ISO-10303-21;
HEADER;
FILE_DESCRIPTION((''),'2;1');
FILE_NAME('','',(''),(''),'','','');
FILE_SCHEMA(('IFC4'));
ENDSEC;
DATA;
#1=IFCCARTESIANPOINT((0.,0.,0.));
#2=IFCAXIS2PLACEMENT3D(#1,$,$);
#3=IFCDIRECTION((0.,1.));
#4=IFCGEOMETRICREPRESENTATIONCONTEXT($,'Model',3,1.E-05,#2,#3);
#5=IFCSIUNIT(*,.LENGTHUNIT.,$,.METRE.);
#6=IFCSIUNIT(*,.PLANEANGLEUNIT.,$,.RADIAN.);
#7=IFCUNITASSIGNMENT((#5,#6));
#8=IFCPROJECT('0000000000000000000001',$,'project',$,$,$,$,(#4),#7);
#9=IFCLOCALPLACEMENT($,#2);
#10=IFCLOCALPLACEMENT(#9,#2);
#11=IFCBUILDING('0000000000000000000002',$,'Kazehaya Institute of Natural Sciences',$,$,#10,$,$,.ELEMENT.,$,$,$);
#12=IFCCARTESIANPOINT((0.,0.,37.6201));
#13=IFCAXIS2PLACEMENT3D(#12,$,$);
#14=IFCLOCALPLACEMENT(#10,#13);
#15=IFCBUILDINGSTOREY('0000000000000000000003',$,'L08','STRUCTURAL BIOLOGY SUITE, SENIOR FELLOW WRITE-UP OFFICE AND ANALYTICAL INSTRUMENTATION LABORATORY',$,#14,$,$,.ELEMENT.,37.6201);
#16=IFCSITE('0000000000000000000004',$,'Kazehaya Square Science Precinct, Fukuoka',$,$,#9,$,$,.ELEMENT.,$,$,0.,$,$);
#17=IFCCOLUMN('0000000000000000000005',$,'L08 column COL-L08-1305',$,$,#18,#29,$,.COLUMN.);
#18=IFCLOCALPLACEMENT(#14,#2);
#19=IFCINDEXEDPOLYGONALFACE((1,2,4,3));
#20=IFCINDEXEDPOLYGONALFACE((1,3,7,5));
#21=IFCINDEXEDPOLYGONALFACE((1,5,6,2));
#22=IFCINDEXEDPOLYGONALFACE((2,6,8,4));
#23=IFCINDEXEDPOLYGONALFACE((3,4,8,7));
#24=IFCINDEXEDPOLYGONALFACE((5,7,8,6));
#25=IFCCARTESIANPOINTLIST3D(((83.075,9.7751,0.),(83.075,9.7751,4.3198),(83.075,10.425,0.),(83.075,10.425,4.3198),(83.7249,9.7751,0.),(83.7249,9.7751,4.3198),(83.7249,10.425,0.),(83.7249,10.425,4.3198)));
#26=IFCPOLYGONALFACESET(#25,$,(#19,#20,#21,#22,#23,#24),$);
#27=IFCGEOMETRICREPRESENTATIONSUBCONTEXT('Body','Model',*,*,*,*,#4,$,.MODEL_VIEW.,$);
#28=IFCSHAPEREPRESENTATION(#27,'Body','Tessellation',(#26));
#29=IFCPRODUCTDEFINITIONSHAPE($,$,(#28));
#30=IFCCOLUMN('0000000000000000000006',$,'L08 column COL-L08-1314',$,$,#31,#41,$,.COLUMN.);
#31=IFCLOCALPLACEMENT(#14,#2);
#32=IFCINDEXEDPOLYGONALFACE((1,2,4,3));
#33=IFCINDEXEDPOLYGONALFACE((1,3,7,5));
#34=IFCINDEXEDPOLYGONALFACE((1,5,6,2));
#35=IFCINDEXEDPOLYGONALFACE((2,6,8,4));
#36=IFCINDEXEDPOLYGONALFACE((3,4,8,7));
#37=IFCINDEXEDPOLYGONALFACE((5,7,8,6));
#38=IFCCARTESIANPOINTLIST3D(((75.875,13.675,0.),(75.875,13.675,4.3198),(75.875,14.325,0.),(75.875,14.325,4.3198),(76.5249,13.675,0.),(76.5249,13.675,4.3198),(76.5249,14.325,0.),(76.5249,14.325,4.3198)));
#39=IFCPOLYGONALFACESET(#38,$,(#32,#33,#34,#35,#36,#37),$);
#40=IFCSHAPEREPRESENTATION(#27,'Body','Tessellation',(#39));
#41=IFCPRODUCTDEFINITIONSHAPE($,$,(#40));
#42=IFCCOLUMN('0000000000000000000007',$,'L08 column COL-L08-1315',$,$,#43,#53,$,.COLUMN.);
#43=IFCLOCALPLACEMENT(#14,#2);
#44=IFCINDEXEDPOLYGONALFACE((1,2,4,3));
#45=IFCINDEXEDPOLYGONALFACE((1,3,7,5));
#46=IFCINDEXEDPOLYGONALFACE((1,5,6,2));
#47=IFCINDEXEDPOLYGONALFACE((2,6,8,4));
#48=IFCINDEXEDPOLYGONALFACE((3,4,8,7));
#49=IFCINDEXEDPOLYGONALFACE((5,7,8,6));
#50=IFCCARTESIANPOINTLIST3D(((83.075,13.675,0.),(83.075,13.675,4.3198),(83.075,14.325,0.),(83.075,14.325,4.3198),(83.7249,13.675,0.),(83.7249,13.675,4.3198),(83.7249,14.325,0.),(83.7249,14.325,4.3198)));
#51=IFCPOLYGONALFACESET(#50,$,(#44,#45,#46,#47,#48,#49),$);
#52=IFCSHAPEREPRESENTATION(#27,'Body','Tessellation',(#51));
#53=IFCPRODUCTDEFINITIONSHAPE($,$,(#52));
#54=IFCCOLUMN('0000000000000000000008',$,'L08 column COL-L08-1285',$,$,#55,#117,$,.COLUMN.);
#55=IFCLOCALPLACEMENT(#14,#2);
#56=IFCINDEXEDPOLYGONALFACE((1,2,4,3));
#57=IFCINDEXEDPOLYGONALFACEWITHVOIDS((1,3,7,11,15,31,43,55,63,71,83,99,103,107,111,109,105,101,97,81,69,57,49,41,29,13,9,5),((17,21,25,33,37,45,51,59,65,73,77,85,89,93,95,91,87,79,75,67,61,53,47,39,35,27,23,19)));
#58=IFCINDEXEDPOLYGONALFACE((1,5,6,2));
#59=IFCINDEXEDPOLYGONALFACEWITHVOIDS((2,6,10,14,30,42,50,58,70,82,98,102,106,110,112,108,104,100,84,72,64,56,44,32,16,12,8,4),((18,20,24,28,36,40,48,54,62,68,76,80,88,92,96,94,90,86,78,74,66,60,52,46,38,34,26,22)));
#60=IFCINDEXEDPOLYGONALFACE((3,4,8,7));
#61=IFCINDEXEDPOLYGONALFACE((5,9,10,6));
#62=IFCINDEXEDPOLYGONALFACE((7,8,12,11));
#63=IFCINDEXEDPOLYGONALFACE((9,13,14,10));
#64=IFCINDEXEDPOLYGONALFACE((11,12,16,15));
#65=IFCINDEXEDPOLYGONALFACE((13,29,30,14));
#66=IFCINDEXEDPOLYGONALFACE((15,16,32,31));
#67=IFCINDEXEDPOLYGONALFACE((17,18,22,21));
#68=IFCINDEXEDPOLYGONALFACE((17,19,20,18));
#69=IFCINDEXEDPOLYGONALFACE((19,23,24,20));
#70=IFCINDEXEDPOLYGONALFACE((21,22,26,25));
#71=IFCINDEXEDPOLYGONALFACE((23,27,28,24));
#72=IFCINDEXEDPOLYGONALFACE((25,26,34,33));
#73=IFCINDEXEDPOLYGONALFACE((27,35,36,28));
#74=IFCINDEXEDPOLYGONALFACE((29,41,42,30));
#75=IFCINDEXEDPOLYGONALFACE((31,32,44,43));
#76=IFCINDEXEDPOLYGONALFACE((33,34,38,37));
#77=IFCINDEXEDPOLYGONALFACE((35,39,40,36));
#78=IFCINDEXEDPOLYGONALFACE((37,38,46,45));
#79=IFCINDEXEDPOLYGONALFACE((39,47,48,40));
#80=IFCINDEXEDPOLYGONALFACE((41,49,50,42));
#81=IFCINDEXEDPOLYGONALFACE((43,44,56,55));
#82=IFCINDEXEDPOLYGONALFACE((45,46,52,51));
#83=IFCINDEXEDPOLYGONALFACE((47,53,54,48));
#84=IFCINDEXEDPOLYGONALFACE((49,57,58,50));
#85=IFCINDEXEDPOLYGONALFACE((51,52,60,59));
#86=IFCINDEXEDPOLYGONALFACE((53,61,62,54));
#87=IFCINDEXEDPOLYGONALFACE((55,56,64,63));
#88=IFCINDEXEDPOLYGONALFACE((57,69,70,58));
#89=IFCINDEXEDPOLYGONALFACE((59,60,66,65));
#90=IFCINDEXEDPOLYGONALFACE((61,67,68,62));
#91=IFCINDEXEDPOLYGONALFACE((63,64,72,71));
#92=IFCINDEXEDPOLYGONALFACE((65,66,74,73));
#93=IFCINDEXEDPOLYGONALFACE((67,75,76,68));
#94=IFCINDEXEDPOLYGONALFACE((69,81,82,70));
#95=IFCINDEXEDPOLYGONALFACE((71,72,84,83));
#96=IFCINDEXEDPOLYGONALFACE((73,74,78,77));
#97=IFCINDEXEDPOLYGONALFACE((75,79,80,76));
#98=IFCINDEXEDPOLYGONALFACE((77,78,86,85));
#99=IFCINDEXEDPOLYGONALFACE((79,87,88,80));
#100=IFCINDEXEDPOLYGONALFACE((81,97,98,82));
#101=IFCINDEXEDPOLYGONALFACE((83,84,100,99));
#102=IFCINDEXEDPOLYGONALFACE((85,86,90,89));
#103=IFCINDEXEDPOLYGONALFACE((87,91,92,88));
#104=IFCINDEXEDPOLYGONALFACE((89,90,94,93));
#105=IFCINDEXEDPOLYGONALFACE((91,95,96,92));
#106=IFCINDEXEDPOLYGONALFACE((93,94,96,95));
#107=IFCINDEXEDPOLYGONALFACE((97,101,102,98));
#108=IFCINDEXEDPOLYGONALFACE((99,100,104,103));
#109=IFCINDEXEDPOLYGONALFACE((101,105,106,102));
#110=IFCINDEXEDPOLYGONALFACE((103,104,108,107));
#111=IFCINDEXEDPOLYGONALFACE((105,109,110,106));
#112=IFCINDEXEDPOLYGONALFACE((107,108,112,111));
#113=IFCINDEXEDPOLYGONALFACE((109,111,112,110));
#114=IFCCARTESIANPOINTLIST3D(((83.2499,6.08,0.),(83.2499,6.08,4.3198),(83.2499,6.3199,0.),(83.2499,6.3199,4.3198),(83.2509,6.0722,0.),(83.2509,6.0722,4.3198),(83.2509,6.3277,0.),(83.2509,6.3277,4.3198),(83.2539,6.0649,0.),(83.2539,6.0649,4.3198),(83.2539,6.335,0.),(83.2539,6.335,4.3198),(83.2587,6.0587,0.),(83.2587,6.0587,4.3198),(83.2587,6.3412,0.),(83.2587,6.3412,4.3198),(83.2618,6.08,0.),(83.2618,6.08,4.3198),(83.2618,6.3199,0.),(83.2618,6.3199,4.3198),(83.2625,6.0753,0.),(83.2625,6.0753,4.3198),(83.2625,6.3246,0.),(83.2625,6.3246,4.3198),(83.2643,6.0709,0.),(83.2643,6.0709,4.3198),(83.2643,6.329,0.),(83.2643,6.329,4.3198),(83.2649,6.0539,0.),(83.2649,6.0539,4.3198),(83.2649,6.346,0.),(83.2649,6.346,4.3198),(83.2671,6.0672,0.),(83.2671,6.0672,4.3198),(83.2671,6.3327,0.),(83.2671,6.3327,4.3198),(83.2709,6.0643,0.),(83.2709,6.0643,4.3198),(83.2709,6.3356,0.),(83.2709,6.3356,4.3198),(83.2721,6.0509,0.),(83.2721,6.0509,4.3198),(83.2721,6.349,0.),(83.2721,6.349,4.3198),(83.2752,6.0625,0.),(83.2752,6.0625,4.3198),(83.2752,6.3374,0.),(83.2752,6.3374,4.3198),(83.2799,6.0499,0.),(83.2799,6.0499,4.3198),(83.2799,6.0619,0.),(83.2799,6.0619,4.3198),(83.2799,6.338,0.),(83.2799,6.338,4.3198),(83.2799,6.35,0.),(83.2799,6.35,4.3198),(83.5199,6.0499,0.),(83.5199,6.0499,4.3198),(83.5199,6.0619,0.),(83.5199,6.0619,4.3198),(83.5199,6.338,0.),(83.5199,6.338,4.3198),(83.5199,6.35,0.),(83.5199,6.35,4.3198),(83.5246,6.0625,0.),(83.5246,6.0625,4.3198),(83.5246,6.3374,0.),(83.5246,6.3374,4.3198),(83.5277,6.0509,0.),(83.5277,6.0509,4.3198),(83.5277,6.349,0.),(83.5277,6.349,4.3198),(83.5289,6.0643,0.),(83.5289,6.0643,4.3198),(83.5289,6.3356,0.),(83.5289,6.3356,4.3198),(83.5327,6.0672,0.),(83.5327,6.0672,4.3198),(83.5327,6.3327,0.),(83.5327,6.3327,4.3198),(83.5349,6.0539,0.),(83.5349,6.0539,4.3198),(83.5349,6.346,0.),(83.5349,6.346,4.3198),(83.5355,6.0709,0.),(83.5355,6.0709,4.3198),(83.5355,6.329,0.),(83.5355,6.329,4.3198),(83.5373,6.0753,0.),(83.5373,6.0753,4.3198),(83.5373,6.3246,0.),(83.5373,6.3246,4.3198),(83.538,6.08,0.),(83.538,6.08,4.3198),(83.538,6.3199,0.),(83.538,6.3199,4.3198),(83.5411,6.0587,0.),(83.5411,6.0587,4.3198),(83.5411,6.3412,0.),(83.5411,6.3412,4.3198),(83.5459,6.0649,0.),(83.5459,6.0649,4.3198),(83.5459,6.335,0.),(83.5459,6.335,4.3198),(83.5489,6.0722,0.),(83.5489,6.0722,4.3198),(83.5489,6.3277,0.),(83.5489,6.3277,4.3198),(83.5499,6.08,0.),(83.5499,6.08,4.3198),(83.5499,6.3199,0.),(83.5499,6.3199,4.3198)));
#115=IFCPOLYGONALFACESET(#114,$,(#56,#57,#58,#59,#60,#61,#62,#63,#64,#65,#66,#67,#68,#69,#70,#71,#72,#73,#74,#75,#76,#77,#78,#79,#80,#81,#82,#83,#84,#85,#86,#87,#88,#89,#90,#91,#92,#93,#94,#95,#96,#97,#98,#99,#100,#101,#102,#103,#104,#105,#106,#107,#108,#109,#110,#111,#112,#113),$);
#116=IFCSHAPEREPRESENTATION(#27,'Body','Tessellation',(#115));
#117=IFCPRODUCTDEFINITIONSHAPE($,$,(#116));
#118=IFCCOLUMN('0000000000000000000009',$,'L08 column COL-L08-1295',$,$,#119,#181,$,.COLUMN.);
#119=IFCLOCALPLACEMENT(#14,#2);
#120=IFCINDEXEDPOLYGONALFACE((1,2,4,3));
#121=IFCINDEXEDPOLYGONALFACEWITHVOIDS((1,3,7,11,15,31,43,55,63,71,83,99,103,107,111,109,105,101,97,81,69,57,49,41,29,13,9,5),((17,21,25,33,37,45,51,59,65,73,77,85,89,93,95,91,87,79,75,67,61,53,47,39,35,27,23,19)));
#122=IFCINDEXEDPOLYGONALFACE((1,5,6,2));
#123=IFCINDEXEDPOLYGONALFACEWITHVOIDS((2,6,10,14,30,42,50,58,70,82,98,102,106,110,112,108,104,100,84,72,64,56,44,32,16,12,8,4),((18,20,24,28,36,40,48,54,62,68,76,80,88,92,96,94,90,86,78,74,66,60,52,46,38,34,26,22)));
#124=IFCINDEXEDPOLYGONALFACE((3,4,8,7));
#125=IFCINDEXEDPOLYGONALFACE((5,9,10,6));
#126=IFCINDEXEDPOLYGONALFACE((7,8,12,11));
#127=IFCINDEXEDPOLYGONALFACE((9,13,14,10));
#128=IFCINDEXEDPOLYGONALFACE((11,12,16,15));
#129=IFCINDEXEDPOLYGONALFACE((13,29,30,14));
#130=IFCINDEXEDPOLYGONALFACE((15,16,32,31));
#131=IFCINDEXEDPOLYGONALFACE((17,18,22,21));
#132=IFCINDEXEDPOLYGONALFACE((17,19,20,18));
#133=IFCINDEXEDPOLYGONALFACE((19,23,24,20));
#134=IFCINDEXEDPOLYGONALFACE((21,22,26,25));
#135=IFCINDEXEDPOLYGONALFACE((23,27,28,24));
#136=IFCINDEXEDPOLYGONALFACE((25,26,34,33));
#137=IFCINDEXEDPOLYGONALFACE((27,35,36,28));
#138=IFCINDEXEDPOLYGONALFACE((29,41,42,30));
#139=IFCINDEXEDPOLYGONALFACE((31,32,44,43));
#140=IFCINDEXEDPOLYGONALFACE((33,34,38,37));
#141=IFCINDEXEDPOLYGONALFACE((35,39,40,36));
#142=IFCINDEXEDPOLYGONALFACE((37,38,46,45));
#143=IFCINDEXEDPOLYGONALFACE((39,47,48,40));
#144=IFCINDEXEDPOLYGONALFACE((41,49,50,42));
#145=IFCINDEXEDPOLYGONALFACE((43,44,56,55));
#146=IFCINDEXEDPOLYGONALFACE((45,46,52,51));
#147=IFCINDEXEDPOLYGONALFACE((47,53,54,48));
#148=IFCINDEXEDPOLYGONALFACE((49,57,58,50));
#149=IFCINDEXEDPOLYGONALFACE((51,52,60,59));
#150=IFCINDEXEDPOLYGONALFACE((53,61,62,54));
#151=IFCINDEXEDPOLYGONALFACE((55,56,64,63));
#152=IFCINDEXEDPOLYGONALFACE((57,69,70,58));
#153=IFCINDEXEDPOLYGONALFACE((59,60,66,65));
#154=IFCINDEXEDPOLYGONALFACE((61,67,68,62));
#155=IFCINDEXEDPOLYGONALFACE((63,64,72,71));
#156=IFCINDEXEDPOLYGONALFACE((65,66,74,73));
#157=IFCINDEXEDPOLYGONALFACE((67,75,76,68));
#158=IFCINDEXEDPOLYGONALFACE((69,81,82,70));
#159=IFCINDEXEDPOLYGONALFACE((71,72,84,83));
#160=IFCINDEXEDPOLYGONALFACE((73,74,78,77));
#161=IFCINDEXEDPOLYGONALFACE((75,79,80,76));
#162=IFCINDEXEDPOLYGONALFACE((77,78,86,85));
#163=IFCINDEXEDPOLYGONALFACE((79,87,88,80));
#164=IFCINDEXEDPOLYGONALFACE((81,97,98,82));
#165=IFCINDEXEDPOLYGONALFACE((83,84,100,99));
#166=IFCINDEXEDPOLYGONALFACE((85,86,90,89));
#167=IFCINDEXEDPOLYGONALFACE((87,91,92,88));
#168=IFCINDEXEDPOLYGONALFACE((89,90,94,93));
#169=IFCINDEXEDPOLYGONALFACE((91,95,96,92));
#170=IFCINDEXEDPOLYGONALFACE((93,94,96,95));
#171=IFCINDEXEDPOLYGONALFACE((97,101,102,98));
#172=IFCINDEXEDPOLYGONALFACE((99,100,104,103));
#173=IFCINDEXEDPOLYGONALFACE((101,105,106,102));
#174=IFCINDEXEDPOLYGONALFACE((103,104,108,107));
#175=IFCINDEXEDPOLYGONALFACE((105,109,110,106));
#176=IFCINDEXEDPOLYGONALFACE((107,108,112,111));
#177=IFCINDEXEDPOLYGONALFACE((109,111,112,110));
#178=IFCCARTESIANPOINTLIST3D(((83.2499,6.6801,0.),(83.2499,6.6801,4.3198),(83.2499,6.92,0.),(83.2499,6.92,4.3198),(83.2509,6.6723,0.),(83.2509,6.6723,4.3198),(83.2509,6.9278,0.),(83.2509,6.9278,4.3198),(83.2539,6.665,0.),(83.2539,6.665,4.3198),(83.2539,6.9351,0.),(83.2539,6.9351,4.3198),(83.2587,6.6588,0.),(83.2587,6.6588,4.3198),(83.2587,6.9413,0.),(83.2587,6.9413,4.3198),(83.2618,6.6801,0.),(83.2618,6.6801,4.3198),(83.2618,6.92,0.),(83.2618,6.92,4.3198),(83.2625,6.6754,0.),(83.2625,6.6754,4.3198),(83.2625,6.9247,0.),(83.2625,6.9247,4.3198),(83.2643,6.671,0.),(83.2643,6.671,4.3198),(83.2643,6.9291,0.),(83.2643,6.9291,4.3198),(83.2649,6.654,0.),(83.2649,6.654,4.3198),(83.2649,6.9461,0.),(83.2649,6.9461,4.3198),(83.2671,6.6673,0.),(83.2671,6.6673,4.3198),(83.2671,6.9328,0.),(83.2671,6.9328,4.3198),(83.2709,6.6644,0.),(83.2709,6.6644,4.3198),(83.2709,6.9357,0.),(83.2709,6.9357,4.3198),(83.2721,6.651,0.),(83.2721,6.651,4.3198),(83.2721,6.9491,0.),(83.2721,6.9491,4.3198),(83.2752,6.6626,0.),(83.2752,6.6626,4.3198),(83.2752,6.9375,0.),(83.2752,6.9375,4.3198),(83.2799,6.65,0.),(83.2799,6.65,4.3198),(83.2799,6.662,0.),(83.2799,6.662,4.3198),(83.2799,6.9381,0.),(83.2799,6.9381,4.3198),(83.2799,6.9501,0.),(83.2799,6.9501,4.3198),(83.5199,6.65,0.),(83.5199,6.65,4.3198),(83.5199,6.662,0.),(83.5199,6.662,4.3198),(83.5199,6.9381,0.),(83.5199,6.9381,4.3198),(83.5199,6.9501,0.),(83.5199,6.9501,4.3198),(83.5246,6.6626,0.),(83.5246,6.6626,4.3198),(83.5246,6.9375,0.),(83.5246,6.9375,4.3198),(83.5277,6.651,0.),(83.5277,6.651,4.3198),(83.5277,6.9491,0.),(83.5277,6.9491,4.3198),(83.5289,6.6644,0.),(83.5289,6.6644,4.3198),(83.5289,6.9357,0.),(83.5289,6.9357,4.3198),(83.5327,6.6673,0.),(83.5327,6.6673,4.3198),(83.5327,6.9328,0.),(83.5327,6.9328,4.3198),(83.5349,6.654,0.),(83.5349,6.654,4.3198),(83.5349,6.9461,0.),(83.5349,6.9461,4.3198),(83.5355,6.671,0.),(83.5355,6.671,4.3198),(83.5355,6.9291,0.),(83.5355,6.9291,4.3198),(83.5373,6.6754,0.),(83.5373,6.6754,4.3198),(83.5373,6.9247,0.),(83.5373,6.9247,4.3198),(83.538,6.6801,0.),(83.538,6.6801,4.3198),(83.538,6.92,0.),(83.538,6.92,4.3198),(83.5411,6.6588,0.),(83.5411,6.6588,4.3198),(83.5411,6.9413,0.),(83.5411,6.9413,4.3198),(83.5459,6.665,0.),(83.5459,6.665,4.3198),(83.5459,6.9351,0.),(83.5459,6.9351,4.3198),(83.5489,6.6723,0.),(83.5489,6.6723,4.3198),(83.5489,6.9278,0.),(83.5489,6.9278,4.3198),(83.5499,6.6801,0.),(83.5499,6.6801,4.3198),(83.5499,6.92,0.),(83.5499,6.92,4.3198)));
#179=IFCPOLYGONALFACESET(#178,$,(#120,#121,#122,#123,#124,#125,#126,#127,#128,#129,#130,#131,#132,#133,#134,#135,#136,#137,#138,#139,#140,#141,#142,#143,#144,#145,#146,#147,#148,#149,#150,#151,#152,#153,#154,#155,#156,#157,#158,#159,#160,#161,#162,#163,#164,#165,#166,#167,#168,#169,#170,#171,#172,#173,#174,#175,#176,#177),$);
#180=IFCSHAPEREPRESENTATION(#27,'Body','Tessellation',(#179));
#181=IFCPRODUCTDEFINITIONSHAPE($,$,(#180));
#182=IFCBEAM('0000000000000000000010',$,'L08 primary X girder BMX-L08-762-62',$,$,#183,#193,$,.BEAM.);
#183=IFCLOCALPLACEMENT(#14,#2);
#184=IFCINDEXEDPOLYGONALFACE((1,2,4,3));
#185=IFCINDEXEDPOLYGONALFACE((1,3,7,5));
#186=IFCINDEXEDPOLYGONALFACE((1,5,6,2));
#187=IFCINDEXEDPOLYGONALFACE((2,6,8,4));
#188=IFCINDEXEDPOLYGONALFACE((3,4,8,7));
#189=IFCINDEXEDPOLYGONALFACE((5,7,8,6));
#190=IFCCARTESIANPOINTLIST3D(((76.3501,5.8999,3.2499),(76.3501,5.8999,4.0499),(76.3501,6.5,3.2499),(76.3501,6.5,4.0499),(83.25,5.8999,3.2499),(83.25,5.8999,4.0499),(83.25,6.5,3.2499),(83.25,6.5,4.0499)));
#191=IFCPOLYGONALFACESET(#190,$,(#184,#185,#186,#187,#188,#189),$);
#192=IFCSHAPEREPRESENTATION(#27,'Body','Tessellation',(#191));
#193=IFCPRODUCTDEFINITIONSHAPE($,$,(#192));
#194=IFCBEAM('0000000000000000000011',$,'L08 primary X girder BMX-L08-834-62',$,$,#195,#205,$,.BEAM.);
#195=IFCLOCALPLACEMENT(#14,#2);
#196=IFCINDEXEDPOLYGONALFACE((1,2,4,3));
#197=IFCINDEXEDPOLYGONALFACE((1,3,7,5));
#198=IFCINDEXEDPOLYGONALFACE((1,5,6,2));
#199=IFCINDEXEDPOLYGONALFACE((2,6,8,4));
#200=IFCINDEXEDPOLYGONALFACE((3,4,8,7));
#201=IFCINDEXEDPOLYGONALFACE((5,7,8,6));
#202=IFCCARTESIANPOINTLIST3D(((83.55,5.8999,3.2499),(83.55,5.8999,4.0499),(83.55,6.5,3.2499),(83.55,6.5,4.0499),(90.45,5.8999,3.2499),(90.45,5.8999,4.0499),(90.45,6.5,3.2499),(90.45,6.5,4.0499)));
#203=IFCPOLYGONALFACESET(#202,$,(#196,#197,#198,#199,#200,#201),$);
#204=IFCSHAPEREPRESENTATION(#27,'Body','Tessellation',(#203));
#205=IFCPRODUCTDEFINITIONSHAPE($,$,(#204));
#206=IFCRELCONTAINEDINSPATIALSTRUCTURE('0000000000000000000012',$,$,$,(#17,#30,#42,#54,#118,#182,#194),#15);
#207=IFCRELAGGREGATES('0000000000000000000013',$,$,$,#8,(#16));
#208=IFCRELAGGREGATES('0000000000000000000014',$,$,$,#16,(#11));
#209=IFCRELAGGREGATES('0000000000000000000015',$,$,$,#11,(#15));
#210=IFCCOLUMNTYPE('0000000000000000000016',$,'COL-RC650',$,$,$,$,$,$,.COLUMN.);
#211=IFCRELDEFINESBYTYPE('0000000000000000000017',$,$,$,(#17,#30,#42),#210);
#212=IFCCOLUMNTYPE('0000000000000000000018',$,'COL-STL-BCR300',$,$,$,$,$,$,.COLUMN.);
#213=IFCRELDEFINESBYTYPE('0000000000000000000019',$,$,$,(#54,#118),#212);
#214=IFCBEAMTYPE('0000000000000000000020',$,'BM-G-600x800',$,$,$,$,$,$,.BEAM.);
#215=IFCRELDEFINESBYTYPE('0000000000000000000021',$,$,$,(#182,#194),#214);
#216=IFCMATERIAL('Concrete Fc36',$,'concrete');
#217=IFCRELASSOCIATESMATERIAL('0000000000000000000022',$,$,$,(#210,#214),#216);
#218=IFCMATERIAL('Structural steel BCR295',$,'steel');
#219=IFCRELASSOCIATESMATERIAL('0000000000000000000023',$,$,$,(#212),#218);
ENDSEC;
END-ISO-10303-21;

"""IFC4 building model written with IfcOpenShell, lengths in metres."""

from ifc_helpers import new_model, si_unit, direction, frame, origin, origin_2d, place, context, subcontext, project, spatial, rectangle, hollow_rectangle, extrude, material, material_profile, profile_set, type_object, element, save


model = new_model("IFC4")

# Units and contexts
model_context = context("Model", 3, precision=1e-05, world=origin(), true_north=direction((0.0, 1.0)))
body_context = subcontext(model_context, "Body", "Model", "MODEL_VIEW")
ifc_project = project(units=[si_unit("LENGTHUNIT", "METRE"), si_unit("PLANEANGLEUNIT", "RADIAN")], contexts=[model_context])

# Site, building, storey
site_placement = place(None, origin())
site = spatial("IfcSite", under=ifc_project, at=site_placement, Name="Kazehaya Square Science Precinct, Fukuoka", CompositionType="ELEMENT", RefElevation=0.0)
building_placement = place(site_placement, origin())
building = spatial("IfcBuilding", under=site, at=building_placement, Name="Kazehaya Institute of Natural Sciences", CompositionType="ELEMENT")
storey_placement = place(building_placement, frame((0.0, 0.0, 37.6201)))
storey = spatial("IfcBuildingStorey", under=building, at=storey_placement, Name="L08", Description="STRUCTURAL BIOLOGY SUITE, SENIOR FELLOW WRITE-UP OFFICE AND ANALYTICAL INSTRUMENTATION LABORATORY", CompositionType="ELEMENT", Elevation=37.6201)

# Columns
ifc_material_1 = material(Name="Concrete Fc36", Category="concrete")
ifc_material_profile_1 = material_profile(ifc_material_1, rectangle(XDim=0.6499, YDim=0.6499, at=origin_2d()), Name="RC-650x650")
ifc_profile_set_1 = profile_set([ifc_material_profile_1], Name="Concrete Fc36")
column_type_1 = type_object("IfcColumnType", Name="COL-RC650", PredefinedType="COLUMN", material=ifc_profile_set_1)
for number, where, z_axis, x_axis, name in (
    (1, (83.3999, 10.1001, 0.0), (0.0, 0.0, 1.0), (1.0, 0.0, 0.0), "L08 column COL-L08-1305"),
    (2, (76.2, 14.0, 0.0), (0.0, 0.0, 1.0), (1.0, 0.0, 0.0), "L08 column COL-L08-1314"),
    (3, (83.3999, 14.0, 0.0), (0.0, 0.0, 1.0), (1.0, 0.0, 0.0), "L08 column COL-L08-1315"),
):
    element("IfcColumn", number, at=place(storey_placement, frame(where, z_axis=z_axis, x_axis=x_axis)), inside=storey, type_object=column_type_1, Name=name, PredefinedType="COLUMN", context=body_context, shape_type="SweptSolid", body=[
        extrude(rectangle(XDim=0.6499, YDim=0.6499, at=origin_2d()), origin(), (0.0, 0.0, 1.0), 4.3198),
    ])
ifc_material_2 = material(Name="Structural steel BCR295", Category="steel")
ifc_material_profile_2 = material_profile(ifc_material_2, hollow_rectangle(XDim=0.3, YDim=0.3, WallThickness=0.012, InnerFilletRadius=0.0181, OuterFilletRadius=0.03, at=origin_2d()), Name="BCR-300x300x12")
ifc_profile_set_2 = profile_set([ifc_material_profile_2], Name="Structural steel BCR295")
column_type_2 = type_object("IfcColumnType", Name="COL-STL-BCR300", PredefinedType="COLUMN", material=ifc_profile_set_2)
for number, where, z_axis, x_axis, name in (
    (4, (83.3999, 6.2, 0.0), (0.0, 0.0, 1.0), (1.0, 0.0, 0.0), "L08 column COL-L08-1285"),
    (5, (83.3999, 6.8, 0.0), (0.0, 0.0, 1.0), (1.0, 0.0, 0.0), "L08 column COL-L08-1295"),
):
    element("IfcColumn", number, at=place(storey_placement, frame(where, z_axis=z_axis, x_axis=x_axis)), inside=storey, type_object=column_type_2, Name=name, PredefinedType="COLUMN", context=body_context, shape_type="SweptSolid", body=[
        extrude(hollow_rectangle(XDim=0.3, YDim=0.3, WallThickness=0.012, InnerFilletRadius=0.0181, OuterFilletRadius=0.03, at=origin_2d()), origin(), (0.0, 0.0, 1.0), 4.3198),
    ])

# Beams
ifc_material_profile_3 = material_profile(ifc_material_1, rectangle(XDim=0.6001, YDim=0.8, at=origin_2d()), Name="RC-600x800")
ifc_profile_set_3 = profile_set([ifc_material_profile_3], Name="Concrete Fc36")
beam_type = type_object("IfcBeamType", Name="BM-G-600x800", PredefinedType="BEAM", material=ifc_profile_set_3)
for number, where, z_axis, x_axis, name in (
    (6, (76.3501, 6.2, 3.6499), (1.0, 0.0, 0.0), (0.0, 1.0, 0.0), "L08 primary X girder BMX-L08-762-62"),
    (7, (83.55, 6.2, 3.6499), (1.0, 0.0, 0.0), (0.0, 1.0, 0.0), "L08 primary X girder BMX-L08-834-62"),
):
    element("IfcBeam", number, at=place(storey_placement, frame(where, z_axis=z_axis, x_axis=x_axis)), inside=storey, type_object=beam_type, Name=name, PredefinedType="BEAM", context=body_context, shape_type="SweptSolid", body=[
        extrude(rectangle(XDim=0.6001, YDim=0.8, at=origin_2d()), origin(), (0.0, 0.0, 1.0), 6.8999),
    ])

save(model, "model.ifc")
